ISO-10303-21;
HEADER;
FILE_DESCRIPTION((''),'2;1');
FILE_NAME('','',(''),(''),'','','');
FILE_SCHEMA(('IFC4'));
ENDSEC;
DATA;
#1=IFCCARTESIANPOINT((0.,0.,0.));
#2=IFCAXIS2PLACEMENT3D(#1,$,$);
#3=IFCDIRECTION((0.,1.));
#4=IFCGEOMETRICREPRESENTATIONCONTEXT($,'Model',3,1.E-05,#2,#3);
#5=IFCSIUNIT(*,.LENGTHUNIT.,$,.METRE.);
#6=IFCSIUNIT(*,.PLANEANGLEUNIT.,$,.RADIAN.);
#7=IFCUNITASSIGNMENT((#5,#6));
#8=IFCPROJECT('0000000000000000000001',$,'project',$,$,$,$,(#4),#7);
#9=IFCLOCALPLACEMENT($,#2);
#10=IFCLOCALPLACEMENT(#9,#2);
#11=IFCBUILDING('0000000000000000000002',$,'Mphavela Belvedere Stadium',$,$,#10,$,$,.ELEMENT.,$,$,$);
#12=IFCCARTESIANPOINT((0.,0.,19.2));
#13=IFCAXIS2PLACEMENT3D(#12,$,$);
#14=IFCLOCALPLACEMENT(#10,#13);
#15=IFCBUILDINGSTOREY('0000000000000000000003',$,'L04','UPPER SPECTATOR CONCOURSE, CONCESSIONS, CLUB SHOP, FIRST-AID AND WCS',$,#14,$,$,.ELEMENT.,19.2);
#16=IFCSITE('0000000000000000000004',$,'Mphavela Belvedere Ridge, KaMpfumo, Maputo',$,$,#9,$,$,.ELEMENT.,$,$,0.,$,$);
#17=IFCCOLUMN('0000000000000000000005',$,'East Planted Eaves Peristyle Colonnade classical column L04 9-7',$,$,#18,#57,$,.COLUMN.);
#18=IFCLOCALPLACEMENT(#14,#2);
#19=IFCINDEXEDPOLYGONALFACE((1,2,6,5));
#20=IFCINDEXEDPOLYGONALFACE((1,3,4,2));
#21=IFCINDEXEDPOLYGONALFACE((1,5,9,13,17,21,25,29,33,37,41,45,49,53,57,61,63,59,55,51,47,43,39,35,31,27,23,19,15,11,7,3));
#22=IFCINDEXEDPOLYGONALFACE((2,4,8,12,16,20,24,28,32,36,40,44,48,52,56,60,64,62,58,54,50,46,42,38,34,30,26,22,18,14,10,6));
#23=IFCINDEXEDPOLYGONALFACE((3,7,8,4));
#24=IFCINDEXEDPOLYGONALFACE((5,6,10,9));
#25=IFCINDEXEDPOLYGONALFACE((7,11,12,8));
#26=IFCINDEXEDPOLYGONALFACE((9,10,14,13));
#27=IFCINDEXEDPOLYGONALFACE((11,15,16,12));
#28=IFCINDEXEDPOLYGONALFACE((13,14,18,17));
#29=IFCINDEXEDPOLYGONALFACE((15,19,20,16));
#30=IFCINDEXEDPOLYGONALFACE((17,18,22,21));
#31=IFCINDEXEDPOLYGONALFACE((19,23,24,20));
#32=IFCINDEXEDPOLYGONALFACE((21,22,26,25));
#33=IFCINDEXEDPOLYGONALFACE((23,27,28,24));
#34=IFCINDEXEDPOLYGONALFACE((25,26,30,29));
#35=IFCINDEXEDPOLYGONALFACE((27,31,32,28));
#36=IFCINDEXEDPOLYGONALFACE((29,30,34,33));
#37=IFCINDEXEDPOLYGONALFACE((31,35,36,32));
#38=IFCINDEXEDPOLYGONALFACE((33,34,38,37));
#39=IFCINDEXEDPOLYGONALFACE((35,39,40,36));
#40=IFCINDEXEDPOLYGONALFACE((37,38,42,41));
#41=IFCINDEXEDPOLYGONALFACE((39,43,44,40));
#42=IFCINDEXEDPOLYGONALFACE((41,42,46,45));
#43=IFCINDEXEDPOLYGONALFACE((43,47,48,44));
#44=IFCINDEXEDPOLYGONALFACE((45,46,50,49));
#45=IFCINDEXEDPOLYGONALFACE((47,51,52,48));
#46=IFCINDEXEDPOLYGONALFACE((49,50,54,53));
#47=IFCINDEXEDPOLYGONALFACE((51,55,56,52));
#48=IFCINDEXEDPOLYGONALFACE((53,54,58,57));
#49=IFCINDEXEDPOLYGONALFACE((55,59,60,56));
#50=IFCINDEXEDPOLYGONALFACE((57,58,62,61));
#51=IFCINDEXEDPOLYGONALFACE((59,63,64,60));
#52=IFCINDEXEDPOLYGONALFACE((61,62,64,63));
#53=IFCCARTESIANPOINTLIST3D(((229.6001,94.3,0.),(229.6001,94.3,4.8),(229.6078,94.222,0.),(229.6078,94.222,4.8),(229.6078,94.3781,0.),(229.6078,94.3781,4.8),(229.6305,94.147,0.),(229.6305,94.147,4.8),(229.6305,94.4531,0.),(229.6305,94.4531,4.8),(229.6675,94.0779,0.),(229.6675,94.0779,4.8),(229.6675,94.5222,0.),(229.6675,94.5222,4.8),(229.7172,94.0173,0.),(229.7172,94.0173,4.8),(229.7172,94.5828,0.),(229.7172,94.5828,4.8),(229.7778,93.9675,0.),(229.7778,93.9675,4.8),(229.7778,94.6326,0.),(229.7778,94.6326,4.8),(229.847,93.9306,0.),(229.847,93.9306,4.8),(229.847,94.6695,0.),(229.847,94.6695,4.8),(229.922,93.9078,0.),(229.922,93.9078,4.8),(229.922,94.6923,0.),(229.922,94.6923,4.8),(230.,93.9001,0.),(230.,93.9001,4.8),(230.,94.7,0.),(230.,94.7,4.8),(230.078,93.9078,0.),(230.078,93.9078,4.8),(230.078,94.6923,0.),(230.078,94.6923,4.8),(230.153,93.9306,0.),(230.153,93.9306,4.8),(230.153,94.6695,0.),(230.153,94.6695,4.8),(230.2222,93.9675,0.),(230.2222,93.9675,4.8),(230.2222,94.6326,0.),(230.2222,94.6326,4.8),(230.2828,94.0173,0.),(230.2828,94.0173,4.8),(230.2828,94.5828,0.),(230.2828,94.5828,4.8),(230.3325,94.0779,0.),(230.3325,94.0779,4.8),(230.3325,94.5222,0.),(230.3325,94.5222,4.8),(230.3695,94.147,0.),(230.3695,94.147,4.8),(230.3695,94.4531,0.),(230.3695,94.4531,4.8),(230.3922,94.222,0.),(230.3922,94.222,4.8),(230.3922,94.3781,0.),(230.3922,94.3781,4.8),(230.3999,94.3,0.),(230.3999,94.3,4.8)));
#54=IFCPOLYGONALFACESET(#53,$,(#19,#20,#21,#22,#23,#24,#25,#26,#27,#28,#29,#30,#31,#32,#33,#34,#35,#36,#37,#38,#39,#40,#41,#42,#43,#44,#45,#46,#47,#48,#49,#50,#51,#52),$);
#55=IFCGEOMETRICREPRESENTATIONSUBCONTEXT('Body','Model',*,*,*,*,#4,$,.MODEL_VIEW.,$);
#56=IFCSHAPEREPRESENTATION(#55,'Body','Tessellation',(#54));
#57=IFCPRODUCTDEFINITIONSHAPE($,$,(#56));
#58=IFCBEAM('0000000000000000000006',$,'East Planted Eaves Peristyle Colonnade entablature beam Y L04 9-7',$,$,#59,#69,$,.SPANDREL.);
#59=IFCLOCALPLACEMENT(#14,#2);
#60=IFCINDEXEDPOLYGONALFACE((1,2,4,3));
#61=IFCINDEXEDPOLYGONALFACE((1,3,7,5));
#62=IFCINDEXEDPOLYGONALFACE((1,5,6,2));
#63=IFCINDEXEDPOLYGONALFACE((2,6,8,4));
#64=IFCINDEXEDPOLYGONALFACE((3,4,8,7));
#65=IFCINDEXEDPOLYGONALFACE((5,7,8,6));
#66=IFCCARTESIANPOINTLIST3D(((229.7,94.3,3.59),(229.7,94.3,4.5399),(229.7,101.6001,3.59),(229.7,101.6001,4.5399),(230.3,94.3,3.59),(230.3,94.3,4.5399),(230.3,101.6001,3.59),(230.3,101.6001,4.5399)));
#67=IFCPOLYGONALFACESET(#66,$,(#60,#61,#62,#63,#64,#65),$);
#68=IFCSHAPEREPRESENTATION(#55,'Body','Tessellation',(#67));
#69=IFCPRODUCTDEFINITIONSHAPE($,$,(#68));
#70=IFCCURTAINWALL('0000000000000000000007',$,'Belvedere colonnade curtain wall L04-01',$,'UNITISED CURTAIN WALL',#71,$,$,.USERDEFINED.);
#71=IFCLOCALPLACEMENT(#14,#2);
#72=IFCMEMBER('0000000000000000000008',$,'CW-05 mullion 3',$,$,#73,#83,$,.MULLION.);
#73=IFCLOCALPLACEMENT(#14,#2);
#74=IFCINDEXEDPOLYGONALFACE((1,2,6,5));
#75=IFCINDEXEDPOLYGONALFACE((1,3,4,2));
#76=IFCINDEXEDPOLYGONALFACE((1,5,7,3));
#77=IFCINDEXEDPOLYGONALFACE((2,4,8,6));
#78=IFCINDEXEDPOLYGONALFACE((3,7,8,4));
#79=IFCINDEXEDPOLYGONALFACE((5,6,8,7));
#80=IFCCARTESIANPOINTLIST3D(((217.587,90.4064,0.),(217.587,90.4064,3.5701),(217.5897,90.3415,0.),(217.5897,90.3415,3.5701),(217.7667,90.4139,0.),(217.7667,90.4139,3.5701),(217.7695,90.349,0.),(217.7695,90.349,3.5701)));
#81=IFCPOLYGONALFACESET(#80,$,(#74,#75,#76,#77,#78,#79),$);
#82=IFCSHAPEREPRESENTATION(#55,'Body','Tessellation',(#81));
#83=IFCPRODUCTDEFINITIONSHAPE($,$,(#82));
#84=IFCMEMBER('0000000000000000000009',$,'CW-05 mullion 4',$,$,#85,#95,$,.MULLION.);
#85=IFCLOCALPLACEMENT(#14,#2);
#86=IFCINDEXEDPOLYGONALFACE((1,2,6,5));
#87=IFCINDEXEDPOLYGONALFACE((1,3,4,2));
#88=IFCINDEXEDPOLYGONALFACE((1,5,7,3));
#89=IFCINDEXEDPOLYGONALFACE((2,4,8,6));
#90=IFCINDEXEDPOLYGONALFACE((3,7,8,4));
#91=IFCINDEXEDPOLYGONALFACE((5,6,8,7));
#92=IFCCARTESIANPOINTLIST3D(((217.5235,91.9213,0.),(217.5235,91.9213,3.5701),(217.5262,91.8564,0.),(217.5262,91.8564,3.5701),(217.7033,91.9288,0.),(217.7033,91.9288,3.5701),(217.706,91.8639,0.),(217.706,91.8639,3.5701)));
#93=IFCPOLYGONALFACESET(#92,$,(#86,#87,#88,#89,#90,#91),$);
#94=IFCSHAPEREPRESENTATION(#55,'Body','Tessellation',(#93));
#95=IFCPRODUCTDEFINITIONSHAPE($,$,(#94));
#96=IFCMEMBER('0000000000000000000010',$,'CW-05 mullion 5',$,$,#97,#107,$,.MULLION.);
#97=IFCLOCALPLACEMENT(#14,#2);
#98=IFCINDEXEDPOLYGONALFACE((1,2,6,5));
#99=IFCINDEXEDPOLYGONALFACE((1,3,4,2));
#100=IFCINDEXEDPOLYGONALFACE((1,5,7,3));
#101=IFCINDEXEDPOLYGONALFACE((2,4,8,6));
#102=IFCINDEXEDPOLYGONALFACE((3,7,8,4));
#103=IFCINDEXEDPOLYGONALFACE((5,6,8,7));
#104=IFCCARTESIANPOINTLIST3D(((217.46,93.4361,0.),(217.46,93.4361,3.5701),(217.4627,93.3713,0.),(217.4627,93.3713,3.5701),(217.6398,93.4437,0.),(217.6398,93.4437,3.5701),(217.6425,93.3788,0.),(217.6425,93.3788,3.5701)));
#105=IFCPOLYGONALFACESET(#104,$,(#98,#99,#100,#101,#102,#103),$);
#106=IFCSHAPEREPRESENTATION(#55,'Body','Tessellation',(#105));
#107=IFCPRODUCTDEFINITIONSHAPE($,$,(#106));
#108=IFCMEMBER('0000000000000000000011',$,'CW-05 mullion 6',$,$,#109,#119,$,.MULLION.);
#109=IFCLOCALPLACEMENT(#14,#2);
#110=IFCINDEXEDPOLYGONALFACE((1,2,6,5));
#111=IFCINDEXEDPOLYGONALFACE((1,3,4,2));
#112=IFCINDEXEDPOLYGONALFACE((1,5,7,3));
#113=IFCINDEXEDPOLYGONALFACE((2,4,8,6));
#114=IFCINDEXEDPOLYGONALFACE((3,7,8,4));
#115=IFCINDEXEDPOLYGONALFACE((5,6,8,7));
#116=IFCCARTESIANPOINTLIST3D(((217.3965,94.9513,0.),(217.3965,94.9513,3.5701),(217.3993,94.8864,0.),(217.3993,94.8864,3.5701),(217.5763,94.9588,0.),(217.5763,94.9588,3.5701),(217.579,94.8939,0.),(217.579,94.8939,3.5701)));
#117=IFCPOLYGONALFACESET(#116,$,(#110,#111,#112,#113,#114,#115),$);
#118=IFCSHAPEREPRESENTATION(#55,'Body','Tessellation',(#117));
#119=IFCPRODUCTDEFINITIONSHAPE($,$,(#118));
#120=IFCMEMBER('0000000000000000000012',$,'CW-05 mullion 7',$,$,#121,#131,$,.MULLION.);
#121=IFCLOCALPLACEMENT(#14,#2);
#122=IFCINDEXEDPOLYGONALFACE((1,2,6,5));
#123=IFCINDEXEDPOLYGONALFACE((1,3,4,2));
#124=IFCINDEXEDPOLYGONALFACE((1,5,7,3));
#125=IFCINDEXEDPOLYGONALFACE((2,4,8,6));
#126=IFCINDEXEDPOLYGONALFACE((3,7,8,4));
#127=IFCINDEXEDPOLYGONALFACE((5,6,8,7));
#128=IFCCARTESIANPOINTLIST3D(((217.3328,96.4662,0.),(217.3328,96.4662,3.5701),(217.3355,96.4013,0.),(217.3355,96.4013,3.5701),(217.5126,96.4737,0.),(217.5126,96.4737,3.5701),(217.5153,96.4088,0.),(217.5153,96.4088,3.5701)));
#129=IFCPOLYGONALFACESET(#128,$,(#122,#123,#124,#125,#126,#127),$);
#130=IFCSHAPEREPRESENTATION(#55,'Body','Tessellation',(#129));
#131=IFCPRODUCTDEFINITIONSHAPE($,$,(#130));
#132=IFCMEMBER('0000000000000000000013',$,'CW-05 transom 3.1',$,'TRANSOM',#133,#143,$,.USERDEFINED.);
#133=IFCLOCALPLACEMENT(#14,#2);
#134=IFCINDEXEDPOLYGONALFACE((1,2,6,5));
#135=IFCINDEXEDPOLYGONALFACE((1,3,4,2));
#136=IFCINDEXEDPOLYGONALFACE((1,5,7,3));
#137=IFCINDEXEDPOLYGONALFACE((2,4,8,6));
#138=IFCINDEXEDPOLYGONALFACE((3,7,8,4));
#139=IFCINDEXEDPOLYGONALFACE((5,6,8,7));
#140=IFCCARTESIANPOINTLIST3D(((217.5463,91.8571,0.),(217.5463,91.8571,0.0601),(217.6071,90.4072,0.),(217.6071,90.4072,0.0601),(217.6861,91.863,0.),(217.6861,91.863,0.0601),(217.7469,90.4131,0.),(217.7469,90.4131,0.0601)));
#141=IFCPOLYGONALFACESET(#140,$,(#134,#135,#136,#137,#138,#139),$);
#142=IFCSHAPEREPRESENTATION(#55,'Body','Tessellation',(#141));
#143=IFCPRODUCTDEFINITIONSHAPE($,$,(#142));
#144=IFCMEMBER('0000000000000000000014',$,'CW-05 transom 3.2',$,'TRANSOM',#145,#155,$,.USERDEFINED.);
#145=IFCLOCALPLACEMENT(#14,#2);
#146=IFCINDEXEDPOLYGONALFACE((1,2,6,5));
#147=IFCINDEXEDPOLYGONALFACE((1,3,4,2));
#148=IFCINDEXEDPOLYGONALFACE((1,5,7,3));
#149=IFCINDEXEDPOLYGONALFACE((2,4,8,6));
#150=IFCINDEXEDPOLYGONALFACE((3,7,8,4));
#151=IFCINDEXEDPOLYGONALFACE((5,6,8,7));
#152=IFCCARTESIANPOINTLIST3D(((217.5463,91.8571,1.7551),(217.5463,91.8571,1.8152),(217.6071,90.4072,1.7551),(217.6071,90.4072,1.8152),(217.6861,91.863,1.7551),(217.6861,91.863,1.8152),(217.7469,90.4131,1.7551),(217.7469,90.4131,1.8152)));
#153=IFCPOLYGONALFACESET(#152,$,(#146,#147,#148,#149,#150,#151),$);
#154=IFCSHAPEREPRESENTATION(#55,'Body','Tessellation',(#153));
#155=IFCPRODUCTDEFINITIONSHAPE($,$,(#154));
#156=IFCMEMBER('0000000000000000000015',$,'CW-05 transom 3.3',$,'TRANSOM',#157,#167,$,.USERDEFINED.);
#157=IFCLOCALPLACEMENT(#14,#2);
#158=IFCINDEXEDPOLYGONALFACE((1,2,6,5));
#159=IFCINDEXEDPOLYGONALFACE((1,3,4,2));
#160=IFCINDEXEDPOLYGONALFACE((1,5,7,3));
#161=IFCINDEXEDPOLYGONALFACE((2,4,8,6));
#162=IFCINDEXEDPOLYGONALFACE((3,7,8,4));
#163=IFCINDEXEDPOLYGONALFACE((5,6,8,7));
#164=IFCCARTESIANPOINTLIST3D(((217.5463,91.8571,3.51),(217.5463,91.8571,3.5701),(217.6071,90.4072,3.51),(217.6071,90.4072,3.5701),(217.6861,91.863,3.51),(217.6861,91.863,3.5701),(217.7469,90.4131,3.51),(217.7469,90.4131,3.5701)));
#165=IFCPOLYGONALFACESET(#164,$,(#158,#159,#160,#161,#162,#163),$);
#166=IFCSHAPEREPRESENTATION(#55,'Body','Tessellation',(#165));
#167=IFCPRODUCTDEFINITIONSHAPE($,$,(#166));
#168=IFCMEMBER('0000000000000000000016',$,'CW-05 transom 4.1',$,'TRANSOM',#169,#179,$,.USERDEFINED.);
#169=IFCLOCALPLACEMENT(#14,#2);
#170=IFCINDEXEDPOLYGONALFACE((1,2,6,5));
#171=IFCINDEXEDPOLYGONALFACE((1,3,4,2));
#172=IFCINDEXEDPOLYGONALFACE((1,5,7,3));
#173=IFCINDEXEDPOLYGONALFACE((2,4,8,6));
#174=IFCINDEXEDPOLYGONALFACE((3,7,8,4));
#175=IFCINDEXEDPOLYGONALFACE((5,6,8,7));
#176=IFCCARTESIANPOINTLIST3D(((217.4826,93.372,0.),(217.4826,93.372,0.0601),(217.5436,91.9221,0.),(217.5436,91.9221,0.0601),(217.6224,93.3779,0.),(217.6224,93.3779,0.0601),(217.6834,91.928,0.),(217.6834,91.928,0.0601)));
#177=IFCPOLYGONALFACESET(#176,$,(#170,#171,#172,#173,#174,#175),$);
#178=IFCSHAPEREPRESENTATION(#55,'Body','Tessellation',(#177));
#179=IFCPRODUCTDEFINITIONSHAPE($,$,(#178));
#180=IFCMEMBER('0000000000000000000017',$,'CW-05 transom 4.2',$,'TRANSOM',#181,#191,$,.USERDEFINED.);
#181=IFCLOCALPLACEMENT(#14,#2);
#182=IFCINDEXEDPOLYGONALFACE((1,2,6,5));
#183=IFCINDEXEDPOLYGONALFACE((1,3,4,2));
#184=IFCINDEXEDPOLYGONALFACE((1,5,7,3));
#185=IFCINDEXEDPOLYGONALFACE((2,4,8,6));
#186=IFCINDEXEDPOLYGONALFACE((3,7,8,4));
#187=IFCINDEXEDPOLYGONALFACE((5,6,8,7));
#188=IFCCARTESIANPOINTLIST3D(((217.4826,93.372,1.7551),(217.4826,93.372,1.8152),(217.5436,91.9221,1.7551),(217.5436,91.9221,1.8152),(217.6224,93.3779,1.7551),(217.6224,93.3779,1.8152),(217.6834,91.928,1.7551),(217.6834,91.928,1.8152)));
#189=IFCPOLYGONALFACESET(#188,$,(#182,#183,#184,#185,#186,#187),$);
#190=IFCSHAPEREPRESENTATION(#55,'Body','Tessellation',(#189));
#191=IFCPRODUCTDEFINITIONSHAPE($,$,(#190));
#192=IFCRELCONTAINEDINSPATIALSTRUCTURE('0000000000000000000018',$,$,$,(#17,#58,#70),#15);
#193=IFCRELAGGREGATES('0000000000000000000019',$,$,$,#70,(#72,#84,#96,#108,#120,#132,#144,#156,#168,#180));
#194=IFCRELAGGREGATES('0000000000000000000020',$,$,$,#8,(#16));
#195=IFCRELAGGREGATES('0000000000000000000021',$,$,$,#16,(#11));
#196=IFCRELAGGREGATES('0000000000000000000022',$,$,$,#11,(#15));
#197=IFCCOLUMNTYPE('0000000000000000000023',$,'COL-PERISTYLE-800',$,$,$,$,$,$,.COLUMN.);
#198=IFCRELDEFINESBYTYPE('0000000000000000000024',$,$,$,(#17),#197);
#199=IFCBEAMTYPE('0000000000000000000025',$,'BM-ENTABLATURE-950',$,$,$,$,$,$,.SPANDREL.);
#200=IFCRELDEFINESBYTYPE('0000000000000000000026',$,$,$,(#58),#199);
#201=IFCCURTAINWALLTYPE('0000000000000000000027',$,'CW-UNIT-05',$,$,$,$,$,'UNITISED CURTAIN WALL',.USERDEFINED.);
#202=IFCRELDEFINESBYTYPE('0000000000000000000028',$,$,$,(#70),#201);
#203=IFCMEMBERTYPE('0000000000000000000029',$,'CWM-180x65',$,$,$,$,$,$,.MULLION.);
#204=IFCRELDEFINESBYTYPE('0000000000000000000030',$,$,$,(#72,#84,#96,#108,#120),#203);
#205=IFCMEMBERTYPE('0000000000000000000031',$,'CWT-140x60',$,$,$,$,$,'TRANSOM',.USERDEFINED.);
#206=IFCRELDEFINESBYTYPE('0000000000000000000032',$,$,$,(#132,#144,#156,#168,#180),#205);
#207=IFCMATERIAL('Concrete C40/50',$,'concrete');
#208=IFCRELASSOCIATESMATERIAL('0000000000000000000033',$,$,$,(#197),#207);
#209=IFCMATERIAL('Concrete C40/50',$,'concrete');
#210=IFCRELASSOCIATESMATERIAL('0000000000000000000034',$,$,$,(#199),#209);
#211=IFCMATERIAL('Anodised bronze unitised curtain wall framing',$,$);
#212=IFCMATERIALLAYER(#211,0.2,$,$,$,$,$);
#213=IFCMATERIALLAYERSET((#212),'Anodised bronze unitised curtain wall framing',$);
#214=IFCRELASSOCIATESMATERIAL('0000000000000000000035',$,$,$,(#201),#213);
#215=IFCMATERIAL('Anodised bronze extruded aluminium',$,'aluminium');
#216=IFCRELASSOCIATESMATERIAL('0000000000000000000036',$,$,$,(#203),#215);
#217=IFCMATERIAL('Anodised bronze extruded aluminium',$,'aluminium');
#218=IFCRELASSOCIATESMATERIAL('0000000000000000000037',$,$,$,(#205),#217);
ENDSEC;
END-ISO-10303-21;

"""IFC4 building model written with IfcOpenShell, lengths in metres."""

from ifc_helpers import new_model, si_unit, direction, frame, origin, origin_2d, place, context, subcontext, project, spatial, rectangle, circle, extrude, material, layer, layer_set, material_profile, profile_set, type_object, element, aggregate, save


model = new_model("IFC4")

# Units and contexts
model_context = context("Model", 3, precision=1e-05, world=origin(), true_north=direction((0.0, 1.0)))
body_context = subcontext(model_context, "Body", "Model", "MODEL_VIEW")
ifc_project = project(units=[si_unit("LENGTHUNIT", "METRE"), si_unit("PLANEANGLEUNIT", "RADIAN")], contexts=[model_context])

# Site, building, storey
site_placement = place(None, origin())
site = spatial("IfcSite", under=ifc_project, at=site_placement, Name="Mphavela Belvedere Ridge, KaMpfumo, Maputo", CompositionType="ELEMENT", RefElevation=0.0)
building_placement = place(site_placement, origin())
building = spatial("IfcBuilding", under=site, at=building_placement, Name="Mphavela Belvedere Stadium", CompositionType="ELEMENT")
storey_placement = place(building_placement, frame((0.0, 0.0, 19.2)))
storey = spatial("IfcBuildingStorey", under=building, at=storey_placement, Name="L04", Description="UPPER SPECTATOR CONCOURSE, CONCESSIONS, CLUB SHOP, FIRST-AID AND WCS", CompositionType="ELEMENT", Elevation=19.2)

# Column
ifc_material_1 = material(Name="Concrete C40/50", Category="concrete")
ifc_material_profile_1 = material_profile(ifc_material_1, circle(Radius=0.3999, at=origin_2d()), Name="COL D800")
ifc_profile_set_1 = profile_set([ifc_material_profile_1], Name="Concrete C40/50")
column_type = type_object("IfcColumnType", Name="COL-PERISTYLE-800", PredefinedType="COLUMN", material=ifc_profile_set_1)
column_placement = place(storey_placement, frame((230.0, 94.3, 0.0), z_axis=(0.0, 0.0, 1.0), x_axis=(1.0, 0.0, 0.0)))
element("IfcColumn", 1, at=column_placement, inside=storey, type_object=column_type, Name="East Planted Eaves Peristyle Colonnade classical column L04 9-7", PredefinedType="COLUMN", context=body_context, shape_type="SweptSolid", body=[
    extrude(circle(Radius=0.3999, at=origin_2d()), origin(), (0.0, 0.0, 1.0), 4.8),
])

# Beam
ifc_material_2 = material(Name="Concrete C40/50", Category="concrete")
ifc_material_profile_2 = material_profile(ifc_material_2, rectangle(XDim=0.6001, YDim=0.95, at=origin_2d()), Name="RC 600x950")
ifc_profile_set_2 = profile_set([ifc_material_profile_2], Name="Concrete C40/50")
beam_type = type_object("IfcBeamType", Name="BM-ENTABLATURE-950", PredefinedType="SPANDREL", material=ifc_profile_set_2)
beam_placement = place(storey_placement, frame((230.0, 94.3, 4.0649), z_axis=(0.0, 1.0, 0.0), x_axis=(-1.0, 0.0, 0.0)))
element("IfcBeam", 2, at=beam_placement, inside=storey, type_object=beam_type, Name="East Planted Eaves Peristyle Colonnade entablature beam Y L04 9-7", PredefinedType="SPANDREL", context=body_context, shape_type="SweptSolid", body=[
    extrude(rectangle(XDim=0.6001, YDim=0.95, at=origin_2d()), origin(), (0.0, 0.0, 1.0), 7.3),
])

# Curtain wall, members
ifc_material_3 = material(Name="Anodised bronze unitised curtain wall framing")
ifc_layer_1 = layer(ifc_material_3, 0.2)
ifc_layer_set_1 = layer_set([ifc_layer_1], Name="Anodised bronze unitised curtain wall framing")
curtain_wall_type = type_object("IfcCurtainWallType", Name="CW-UNIT-05", ElementType="UNITISED CURTAIN WALL", PredefinedType="USERDEFINED", material=ifc_layer_set_1)
curtain_wall_placement = place(storey_placement, origin())
curtain_wall = element("IfcCurtainWall", 3, at=curtain_wall_placement, inside=storey, type_object=curtain_wall_type, Name="Belvedere colonnade curtain wall L04-01", ObjectType="UNITISED CURTAIN WALL", PredefinedType="USERDEFINED")
ifc_material_4 = material(Name="Anodised bronze extruded aluminium", Category="aluminium")
ifc_material_profile_3 = material_profile(ifc_material_4, rectangle(XDim=0.1799, YDim=0.0649, at=origin_2d()), Name="CW-MUL 180x65")
ifc_profile_set_3 = profile_set([ifc_material_profile_3], Name="Anodised bronze extruded aluminium")
member_type_1 = type_object("IfcMemberType", Name="CWM-180x65", PredefinedType="MULLION", material=ifc_profile_set_3)
member_1_placement = place(storey_placement, frame((217.6782, 90.3777, 0.0), z_axis=(0.0, 0.0, 1.0), x_axis=(-0.999122, -0.041905, 0.0)))
member_1 = element("IfcMember", 4, at=member_1_placement, type_object=member_type_1, Name="CW-05 mullion 3", PredefinedType="MULLION", context=body_context, shape_type="SweptSolid", body=[
    extrude(rectangle(XDim=0.1799, YDim=0.0649, at=origin_2d()), origin(), (0.0, 0.0, 1.0), 3.5701),
])
member_2_placement = place(storey_placement, frame((217.6147, 91.8926, 0.0), z_axis=(0.0, 0.0, 1.0), x_axis=(-0.999122, -0.041905, 0.0)))
member_2 = element("IfcMember", 5, at=member_2_placement, type_object=member_type_1, Name="CW-05 mullion 4", PredefinedType="MULLION", context=body_context, shape_type="SweptSolid", body=[
    extrude(rectangle(XDim=0.1799, YDim=0.0649, at=origin_2d()), origin(), (0.0, 0.0, 1.0), 3.5701),
])
member_3_placement = place(storey_placement, frame((217.5513, 93.4075, 0.0), z_axis=(0.0, 0.0, 1.0), x_axis=(-0.999122, -0.041905, 0.0)))
member_3 = element("IfcMember", 6, at=member_3_placement, type_object=member_type_1, Name="CW-05 mullion 5", PredefinedType="MULLION", context=body_context, shape_type="SweptSolid", body=[
    extrude(rectangle(XDim=0.1799, YDim=0.0649, at=origin_2d()), origin(), (0.0, 0.0, 1.0), 3.5701),
])
member_4_placement = place(storey_placement, frame((217.4878, 94.9226, 0.0), z_axis=(0.0, 0.0, 1.0), x_axis=(-0.999122, -0.041905, 0.0)))
member_4 = element("IfcMember", 7, at=member_4_placement, type_object=member_type_1, Name="CW-05 mullion 6", PredefinedType="MULLION", context=body_context, shape_type="SweptSolid", body=[
    extrude(rectangle(XDim=0.1799, YDim=0.0649, at=origin_2d()), origin(), (0.0, 0.0, 1.0), 3.5701),
])
member_5_placement = place(storey_placement, frame((217.4241, 96.4375, 0.0), z_axis=(0.0, 0.0, 1.0), x_axis=(-0.999122, -0.041905, 0.0)))
member_5 = element("IfcMember", 8, at=member_5_placement, type_object=member_type_1, Name="CW-05 mullion 7", PredefinedType="MULLION", context=body_context, shape_type="SweptSolid", body=[
    extrude(rectangle(XDim=0.1799, YDim=0.0649, at=origin_2d()), origin(), (0.0, 0.0, 1.0), 3.5701),
])
ifc_material_5 = material(Name="Anodised bronze extruded aluminium", Category="aluminium")
ifc_material_profile_4 = material_profile(ifc_material_5, rectangle(XDim=0.1399, YDim=0.0601, at=origin_2d()), Name="CW-TRN 140x60")
ifc_profile_set_4 = profile_set([ifc_material_profile_4], Name="Anodised bronze extruded aluminium")
member_type_2 = type_object("IfcMemberType", Name="CWT-140x60", ElementType="TRANSOM", PredefinedType="USERDEFINED", material=ifc_profile_set_4)
member_6_placement = place(storey_placement, frame((217.677, 90.4102, 0.03), z_axis=(-0.041889, 0.999122, 0.0), x_axis=(-0.999122, -0.041889, 0.0)))
member_6 = element("IfcMember", 9, at=member_6_placement, type_object=member_type_2, Name="CW-05 transom 3.1", ObjectType="TRANSOM", PredefinedType="USERDEFINED", context=body_context, shape_type="SweptSolid", body=[
    extrude(rectangle(XDim=0.1399, YDim=0.0601, at=origin_2d()), origin(), (0.0, 0.0, 1.0), 1.4512),
])
member_7_placement = place(storey_placement, frame((217.677, 90.4102, 1.7852), z_axis=(-0.041889, 0.999122, 0.0), x_axis=(-0.999122, -0.041889, 0.0)))
member_7 = element("IfcMember", 10, at=member_7_placement, type_object=member_type_2, Name="CW-05 transom 3.2", ObjectType="TRANSOM", PredefinedType="USERDEFINED", context=body_context, shape_type="SweptSolid", body=[
    extrude(rectangle(XDim=0.1399, YDim=0.0601, at=origin_2d()), origin(), (0.0, 0.0, 1.0), 1.4512),
])
member_8_placement = place(storey_placement, frame((217.677, 90.4102, 3.54), z_axis=(-0.041889, 0.999122, 0.0), x_axis=(-0.999122, -0.041889, 0.0)))
member_8 = element("IfcMember", 11, at=member_8_placement, type_object=member_type_2, Name="CW-05 transom 3.3", ObjectType="TRANSOM", PredefinedType="USERDEFINED", context=body_context, shape_type="SweptSolid", body=[
    extrude(rectangle(XDim=0.1399, YDim=0.0601, at=origin_2d()), origin(), (0.0, 0.0, 1.0), 1.4512),
])
member_9_placement = place(storey_placement, frame((217.6135, 91.925, 0.03), z_axis=(-0.042057, 0.999115, 0.0), x_axis=(-0.999115, -0.042057, 0.0)))
member_9 = element("IfcMember", 12, at=member_9_placement, type_object=member_type_2, Name="CW-05 transom 4.1", ObjectType="TRANSOM", PredefinedType="USERDEFINED", context=body_context, shape_type="SweptSolid", body=[
    extrude(rectangle(XDim=0.1399, YDim=0.0601, at=origin_2d()), origin(), (0.0, 0.0, 1.0), 1.4512),
])
member_10_placement = place(storey_placement, frame((217.6135, 91.925, 1.7852), z_axis=(-0.042057, 0.999115, 0.0), x_axis=(-0.999115, -0.042057, 0.0)))
member_10 = element("IfcMember", 13, at=member_10_placement, type_object=member_type_2, Name="CW-05 transom 4.2", ObjectType="TRANSOM", PredefinedType="USERDEFINED", context=body_context, shape_type="SweptSolid", body=[
    extrude(rectangle(XDim=0.1399, YDim=0.0601, at=origin_2d()), origin(), (0.0, 0.0, 1.0), 1.4512),
])
aggregate(curtain_wall, [member_1, member_2, member_3, member_4, member_5, member_6, member_7, member_8, member_9, member_10])

save(model, "model.ifc")
